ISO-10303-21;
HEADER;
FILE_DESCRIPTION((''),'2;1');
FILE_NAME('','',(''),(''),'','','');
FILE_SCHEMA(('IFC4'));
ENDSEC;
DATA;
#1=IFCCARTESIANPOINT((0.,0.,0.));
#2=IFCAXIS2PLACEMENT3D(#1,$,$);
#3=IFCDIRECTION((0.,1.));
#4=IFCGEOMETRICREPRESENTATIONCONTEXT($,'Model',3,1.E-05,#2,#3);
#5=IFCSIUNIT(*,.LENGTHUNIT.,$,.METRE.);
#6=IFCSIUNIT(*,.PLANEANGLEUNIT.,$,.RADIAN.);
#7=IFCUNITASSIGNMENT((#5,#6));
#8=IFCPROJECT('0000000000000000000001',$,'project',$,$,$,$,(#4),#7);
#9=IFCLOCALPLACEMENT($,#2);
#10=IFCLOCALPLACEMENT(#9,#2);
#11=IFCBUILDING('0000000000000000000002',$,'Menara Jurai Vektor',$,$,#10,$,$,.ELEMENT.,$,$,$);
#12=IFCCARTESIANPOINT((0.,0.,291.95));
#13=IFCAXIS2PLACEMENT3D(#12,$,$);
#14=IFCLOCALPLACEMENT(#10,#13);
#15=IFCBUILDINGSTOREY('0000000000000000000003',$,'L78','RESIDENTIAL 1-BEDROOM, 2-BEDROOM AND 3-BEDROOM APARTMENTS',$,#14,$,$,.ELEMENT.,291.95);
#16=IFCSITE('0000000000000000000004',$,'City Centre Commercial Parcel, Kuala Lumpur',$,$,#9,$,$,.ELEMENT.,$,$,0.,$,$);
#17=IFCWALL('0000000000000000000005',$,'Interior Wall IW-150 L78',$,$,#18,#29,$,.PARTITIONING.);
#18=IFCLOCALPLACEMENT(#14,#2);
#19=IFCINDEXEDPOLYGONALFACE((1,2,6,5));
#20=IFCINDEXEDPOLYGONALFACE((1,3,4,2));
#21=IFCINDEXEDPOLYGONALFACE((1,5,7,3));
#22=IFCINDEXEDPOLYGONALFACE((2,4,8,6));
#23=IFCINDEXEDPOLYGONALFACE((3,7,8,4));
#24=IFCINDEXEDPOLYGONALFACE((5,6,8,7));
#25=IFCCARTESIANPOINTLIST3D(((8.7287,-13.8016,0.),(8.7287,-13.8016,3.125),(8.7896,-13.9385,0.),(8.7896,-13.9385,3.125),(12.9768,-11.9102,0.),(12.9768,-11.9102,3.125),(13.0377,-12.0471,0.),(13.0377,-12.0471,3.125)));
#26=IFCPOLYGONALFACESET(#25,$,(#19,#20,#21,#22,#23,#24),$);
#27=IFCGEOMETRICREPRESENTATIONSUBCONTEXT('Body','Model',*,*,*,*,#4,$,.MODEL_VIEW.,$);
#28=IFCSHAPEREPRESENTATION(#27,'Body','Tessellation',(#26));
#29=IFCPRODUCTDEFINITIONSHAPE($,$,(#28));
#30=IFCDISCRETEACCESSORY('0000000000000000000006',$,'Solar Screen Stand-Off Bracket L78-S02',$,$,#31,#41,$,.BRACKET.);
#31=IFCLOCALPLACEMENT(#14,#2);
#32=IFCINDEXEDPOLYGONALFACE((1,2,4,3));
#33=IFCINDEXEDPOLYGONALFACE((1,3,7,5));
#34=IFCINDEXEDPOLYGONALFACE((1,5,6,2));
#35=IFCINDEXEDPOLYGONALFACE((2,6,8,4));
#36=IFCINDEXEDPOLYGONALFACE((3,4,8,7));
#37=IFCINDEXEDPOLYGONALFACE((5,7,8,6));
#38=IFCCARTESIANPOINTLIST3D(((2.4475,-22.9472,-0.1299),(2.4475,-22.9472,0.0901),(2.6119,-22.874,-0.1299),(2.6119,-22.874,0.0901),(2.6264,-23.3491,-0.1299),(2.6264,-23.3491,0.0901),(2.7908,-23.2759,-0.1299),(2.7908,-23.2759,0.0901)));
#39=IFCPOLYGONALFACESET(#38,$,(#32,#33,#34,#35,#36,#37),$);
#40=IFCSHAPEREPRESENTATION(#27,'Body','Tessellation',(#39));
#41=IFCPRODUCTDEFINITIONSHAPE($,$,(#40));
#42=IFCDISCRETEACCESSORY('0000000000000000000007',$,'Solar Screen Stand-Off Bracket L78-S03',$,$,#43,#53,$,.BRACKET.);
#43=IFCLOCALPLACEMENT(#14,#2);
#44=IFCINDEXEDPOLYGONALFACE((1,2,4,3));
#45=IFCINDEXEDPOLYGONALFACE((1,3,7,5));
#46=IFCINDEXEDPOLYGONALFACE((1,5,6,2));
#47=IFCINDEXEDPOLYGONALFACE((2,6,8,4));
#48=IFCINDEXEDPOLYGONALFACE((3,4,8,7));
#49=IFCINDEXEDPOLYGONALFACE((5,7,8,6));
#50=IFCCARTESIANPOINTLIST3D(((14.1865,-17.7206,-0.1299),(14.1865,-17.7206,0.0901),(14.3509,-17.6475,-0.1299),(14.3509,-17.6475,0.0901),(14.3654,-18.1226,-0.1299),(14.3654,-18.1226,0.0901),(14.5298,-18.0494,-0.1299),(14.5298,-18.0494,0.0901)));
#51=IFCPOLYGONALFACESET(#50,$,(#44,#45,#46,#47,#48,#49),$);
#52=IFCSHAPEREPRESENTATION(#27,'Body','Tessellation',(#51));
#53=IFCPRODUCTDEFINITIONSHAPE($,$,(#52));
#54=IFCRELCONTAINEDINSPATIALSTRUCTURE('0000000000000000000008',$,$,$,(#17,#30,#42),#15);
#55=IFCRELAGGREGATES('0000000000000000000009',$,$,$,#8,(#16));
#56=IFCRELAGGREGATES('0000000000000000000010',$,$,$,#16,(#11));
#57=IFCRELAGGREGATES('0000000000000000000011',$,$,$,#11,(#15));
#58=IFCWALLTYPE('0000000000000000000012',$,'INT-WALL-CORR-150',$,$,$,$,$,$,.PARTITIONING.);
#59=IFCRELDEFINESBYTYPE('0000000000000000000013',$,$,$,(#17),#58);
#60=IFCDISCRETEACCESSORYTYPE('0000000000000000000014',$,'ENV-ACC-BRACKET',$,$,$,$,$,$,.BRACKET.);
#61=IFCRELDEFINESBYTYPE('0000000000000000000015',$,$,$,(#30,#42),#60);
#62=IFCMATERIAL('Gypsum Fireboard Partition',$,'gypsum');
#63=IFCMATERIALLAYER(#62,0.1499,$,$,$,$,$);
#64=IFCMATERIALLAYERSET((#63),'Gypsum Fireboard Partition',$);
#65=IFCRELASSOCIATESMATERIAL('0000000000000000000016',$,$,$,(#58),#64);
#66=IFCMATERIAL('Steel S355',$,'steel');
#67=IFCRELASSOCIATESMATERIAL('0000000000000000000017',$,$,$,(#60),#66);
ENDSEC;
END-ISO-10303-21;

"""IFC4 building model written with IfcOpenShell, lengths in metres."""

from ifc_helpers import new_model, si_unit, direction, frame, frame_2d, origin, origin_2d, place, context, subcontext, project, spatial, rectangle, extrude, material, layer, layer_set, type_object, element, save


model = new_model("IFC4")

# Units and contexts
model_context = context("Model", 3, precision=1e-05, world=origin(), true_north=direction((0.0, 1.0)))
body_context = subcontext(model_context, "Body", "Model", "MODEL_VIEW")
ifc_project = project(units=[si_unit("LENGTHUNIT", "METRE"), si_unit("PLANEANGLEUNIT", "RADIAN")], contexts=[model_context])

# Site, building, storey
site_placement = place(None, origin())
site = spatial("IfcSite", under=ifc_project, at=site_placement, Name="City Centre Commercial Parcel, Kuala Lumpur", CompositionType="ELEMENT", RefElevation=0.0)
building_placement = place(site_placement, origin())
building = spatial("IfcBuilding", under=site, at=building_placement, Name="Menara Jurai Vektor", CompositionType="ELEMENT")
storey_placement = place(building_placement, frame((0.0, 0.0, 291.95)))
storey = spatial("IfcBuildingStorey", under=building, at=storey_placement, Name="L78", Description="RESIDENTIAL 1-BEDROOM, 2-BEDROOM AND 3-BEDROOM APARTMENTS", CompositionType="ELEMENT", Elevation=291.95)

# Shared definitions
ifc_material_1 = material(Name="Steel S355", Category="steel")

# Shared definitions
ifc_material_2 = material(Name="Gypsum Fireboard Partition", Category="gypsum")
ifc_layer_1 = layer(ifc_material_2, 0.1499)
ifc_layer_set_1 = layer_set([ifc_layer_1], Name="Gypsum Fireboard Partition")
wall_type = type_object("IfcWallType", Name="INT-WALL-CORR-150", PredefinedType="PARTITIONING", material=ifc_layer_set_1)

# Wall
wall_1_placement = place(storey_placement, frame((8.759, -13.8701, 0.0), z_axis=(0.0, 0.0, 1.0), x_axis=(0.913545, 0.406738, 0.0)))
element("IfcWall", 1, at=wall_1_placement, inside=storey, type_object=wall_type, Name="Interior Wall IW-150 L78", PredefinedType="PARTITIONING", context=body_context, shape_type="SweptSolid", body=[
    extrude(rectangle(XDim=4.6501, YDim=0.1499, at=frame_2d((2.3252, 0.0))), origin(), (0.0, 0.0, 1.0), 3.125),
])

# Discrete accessories
discrete_accessory_type = type_object("IfcDiscreteAccessoryType", Name="ENV-ACC-BRACKET", PredefinedType="BRACKET", material=ifc_material_1)
for number, where, z_axis, x_axis, name in (
    (2, (2.6191, -23.1116, -0.1299), (0.0, 0.0, 1.0), (0.913545, 0.406737, 0.0), "Solar Screen Stand-Off Bracket L78-S02"),
    (3, (14.3582, -17.885, -0.1299), (0.0, 0.0, 1.0), (0.913545, 0.406737, 0.0), "Solar Screen Stand-Off Bracket L78-S03"),
):
    element("IfcDiscreteAccessory", number, at=place(storey_placement, frame(where, z_axis=z_axis, x_axis=x_axis)), inside=storey, type_object=discrete_accessory_type, Name=name, PredefinedType="BRACKET", context=body_context, shape_type="SweptSolid", body=[
        extrude(rectangle(XDim=0.1799, YDim=0.4399, at=origin_2d()), origin(), (0.0, 0.0, 1.0), 0.22),
    ])

save(model, "model.ifc")
